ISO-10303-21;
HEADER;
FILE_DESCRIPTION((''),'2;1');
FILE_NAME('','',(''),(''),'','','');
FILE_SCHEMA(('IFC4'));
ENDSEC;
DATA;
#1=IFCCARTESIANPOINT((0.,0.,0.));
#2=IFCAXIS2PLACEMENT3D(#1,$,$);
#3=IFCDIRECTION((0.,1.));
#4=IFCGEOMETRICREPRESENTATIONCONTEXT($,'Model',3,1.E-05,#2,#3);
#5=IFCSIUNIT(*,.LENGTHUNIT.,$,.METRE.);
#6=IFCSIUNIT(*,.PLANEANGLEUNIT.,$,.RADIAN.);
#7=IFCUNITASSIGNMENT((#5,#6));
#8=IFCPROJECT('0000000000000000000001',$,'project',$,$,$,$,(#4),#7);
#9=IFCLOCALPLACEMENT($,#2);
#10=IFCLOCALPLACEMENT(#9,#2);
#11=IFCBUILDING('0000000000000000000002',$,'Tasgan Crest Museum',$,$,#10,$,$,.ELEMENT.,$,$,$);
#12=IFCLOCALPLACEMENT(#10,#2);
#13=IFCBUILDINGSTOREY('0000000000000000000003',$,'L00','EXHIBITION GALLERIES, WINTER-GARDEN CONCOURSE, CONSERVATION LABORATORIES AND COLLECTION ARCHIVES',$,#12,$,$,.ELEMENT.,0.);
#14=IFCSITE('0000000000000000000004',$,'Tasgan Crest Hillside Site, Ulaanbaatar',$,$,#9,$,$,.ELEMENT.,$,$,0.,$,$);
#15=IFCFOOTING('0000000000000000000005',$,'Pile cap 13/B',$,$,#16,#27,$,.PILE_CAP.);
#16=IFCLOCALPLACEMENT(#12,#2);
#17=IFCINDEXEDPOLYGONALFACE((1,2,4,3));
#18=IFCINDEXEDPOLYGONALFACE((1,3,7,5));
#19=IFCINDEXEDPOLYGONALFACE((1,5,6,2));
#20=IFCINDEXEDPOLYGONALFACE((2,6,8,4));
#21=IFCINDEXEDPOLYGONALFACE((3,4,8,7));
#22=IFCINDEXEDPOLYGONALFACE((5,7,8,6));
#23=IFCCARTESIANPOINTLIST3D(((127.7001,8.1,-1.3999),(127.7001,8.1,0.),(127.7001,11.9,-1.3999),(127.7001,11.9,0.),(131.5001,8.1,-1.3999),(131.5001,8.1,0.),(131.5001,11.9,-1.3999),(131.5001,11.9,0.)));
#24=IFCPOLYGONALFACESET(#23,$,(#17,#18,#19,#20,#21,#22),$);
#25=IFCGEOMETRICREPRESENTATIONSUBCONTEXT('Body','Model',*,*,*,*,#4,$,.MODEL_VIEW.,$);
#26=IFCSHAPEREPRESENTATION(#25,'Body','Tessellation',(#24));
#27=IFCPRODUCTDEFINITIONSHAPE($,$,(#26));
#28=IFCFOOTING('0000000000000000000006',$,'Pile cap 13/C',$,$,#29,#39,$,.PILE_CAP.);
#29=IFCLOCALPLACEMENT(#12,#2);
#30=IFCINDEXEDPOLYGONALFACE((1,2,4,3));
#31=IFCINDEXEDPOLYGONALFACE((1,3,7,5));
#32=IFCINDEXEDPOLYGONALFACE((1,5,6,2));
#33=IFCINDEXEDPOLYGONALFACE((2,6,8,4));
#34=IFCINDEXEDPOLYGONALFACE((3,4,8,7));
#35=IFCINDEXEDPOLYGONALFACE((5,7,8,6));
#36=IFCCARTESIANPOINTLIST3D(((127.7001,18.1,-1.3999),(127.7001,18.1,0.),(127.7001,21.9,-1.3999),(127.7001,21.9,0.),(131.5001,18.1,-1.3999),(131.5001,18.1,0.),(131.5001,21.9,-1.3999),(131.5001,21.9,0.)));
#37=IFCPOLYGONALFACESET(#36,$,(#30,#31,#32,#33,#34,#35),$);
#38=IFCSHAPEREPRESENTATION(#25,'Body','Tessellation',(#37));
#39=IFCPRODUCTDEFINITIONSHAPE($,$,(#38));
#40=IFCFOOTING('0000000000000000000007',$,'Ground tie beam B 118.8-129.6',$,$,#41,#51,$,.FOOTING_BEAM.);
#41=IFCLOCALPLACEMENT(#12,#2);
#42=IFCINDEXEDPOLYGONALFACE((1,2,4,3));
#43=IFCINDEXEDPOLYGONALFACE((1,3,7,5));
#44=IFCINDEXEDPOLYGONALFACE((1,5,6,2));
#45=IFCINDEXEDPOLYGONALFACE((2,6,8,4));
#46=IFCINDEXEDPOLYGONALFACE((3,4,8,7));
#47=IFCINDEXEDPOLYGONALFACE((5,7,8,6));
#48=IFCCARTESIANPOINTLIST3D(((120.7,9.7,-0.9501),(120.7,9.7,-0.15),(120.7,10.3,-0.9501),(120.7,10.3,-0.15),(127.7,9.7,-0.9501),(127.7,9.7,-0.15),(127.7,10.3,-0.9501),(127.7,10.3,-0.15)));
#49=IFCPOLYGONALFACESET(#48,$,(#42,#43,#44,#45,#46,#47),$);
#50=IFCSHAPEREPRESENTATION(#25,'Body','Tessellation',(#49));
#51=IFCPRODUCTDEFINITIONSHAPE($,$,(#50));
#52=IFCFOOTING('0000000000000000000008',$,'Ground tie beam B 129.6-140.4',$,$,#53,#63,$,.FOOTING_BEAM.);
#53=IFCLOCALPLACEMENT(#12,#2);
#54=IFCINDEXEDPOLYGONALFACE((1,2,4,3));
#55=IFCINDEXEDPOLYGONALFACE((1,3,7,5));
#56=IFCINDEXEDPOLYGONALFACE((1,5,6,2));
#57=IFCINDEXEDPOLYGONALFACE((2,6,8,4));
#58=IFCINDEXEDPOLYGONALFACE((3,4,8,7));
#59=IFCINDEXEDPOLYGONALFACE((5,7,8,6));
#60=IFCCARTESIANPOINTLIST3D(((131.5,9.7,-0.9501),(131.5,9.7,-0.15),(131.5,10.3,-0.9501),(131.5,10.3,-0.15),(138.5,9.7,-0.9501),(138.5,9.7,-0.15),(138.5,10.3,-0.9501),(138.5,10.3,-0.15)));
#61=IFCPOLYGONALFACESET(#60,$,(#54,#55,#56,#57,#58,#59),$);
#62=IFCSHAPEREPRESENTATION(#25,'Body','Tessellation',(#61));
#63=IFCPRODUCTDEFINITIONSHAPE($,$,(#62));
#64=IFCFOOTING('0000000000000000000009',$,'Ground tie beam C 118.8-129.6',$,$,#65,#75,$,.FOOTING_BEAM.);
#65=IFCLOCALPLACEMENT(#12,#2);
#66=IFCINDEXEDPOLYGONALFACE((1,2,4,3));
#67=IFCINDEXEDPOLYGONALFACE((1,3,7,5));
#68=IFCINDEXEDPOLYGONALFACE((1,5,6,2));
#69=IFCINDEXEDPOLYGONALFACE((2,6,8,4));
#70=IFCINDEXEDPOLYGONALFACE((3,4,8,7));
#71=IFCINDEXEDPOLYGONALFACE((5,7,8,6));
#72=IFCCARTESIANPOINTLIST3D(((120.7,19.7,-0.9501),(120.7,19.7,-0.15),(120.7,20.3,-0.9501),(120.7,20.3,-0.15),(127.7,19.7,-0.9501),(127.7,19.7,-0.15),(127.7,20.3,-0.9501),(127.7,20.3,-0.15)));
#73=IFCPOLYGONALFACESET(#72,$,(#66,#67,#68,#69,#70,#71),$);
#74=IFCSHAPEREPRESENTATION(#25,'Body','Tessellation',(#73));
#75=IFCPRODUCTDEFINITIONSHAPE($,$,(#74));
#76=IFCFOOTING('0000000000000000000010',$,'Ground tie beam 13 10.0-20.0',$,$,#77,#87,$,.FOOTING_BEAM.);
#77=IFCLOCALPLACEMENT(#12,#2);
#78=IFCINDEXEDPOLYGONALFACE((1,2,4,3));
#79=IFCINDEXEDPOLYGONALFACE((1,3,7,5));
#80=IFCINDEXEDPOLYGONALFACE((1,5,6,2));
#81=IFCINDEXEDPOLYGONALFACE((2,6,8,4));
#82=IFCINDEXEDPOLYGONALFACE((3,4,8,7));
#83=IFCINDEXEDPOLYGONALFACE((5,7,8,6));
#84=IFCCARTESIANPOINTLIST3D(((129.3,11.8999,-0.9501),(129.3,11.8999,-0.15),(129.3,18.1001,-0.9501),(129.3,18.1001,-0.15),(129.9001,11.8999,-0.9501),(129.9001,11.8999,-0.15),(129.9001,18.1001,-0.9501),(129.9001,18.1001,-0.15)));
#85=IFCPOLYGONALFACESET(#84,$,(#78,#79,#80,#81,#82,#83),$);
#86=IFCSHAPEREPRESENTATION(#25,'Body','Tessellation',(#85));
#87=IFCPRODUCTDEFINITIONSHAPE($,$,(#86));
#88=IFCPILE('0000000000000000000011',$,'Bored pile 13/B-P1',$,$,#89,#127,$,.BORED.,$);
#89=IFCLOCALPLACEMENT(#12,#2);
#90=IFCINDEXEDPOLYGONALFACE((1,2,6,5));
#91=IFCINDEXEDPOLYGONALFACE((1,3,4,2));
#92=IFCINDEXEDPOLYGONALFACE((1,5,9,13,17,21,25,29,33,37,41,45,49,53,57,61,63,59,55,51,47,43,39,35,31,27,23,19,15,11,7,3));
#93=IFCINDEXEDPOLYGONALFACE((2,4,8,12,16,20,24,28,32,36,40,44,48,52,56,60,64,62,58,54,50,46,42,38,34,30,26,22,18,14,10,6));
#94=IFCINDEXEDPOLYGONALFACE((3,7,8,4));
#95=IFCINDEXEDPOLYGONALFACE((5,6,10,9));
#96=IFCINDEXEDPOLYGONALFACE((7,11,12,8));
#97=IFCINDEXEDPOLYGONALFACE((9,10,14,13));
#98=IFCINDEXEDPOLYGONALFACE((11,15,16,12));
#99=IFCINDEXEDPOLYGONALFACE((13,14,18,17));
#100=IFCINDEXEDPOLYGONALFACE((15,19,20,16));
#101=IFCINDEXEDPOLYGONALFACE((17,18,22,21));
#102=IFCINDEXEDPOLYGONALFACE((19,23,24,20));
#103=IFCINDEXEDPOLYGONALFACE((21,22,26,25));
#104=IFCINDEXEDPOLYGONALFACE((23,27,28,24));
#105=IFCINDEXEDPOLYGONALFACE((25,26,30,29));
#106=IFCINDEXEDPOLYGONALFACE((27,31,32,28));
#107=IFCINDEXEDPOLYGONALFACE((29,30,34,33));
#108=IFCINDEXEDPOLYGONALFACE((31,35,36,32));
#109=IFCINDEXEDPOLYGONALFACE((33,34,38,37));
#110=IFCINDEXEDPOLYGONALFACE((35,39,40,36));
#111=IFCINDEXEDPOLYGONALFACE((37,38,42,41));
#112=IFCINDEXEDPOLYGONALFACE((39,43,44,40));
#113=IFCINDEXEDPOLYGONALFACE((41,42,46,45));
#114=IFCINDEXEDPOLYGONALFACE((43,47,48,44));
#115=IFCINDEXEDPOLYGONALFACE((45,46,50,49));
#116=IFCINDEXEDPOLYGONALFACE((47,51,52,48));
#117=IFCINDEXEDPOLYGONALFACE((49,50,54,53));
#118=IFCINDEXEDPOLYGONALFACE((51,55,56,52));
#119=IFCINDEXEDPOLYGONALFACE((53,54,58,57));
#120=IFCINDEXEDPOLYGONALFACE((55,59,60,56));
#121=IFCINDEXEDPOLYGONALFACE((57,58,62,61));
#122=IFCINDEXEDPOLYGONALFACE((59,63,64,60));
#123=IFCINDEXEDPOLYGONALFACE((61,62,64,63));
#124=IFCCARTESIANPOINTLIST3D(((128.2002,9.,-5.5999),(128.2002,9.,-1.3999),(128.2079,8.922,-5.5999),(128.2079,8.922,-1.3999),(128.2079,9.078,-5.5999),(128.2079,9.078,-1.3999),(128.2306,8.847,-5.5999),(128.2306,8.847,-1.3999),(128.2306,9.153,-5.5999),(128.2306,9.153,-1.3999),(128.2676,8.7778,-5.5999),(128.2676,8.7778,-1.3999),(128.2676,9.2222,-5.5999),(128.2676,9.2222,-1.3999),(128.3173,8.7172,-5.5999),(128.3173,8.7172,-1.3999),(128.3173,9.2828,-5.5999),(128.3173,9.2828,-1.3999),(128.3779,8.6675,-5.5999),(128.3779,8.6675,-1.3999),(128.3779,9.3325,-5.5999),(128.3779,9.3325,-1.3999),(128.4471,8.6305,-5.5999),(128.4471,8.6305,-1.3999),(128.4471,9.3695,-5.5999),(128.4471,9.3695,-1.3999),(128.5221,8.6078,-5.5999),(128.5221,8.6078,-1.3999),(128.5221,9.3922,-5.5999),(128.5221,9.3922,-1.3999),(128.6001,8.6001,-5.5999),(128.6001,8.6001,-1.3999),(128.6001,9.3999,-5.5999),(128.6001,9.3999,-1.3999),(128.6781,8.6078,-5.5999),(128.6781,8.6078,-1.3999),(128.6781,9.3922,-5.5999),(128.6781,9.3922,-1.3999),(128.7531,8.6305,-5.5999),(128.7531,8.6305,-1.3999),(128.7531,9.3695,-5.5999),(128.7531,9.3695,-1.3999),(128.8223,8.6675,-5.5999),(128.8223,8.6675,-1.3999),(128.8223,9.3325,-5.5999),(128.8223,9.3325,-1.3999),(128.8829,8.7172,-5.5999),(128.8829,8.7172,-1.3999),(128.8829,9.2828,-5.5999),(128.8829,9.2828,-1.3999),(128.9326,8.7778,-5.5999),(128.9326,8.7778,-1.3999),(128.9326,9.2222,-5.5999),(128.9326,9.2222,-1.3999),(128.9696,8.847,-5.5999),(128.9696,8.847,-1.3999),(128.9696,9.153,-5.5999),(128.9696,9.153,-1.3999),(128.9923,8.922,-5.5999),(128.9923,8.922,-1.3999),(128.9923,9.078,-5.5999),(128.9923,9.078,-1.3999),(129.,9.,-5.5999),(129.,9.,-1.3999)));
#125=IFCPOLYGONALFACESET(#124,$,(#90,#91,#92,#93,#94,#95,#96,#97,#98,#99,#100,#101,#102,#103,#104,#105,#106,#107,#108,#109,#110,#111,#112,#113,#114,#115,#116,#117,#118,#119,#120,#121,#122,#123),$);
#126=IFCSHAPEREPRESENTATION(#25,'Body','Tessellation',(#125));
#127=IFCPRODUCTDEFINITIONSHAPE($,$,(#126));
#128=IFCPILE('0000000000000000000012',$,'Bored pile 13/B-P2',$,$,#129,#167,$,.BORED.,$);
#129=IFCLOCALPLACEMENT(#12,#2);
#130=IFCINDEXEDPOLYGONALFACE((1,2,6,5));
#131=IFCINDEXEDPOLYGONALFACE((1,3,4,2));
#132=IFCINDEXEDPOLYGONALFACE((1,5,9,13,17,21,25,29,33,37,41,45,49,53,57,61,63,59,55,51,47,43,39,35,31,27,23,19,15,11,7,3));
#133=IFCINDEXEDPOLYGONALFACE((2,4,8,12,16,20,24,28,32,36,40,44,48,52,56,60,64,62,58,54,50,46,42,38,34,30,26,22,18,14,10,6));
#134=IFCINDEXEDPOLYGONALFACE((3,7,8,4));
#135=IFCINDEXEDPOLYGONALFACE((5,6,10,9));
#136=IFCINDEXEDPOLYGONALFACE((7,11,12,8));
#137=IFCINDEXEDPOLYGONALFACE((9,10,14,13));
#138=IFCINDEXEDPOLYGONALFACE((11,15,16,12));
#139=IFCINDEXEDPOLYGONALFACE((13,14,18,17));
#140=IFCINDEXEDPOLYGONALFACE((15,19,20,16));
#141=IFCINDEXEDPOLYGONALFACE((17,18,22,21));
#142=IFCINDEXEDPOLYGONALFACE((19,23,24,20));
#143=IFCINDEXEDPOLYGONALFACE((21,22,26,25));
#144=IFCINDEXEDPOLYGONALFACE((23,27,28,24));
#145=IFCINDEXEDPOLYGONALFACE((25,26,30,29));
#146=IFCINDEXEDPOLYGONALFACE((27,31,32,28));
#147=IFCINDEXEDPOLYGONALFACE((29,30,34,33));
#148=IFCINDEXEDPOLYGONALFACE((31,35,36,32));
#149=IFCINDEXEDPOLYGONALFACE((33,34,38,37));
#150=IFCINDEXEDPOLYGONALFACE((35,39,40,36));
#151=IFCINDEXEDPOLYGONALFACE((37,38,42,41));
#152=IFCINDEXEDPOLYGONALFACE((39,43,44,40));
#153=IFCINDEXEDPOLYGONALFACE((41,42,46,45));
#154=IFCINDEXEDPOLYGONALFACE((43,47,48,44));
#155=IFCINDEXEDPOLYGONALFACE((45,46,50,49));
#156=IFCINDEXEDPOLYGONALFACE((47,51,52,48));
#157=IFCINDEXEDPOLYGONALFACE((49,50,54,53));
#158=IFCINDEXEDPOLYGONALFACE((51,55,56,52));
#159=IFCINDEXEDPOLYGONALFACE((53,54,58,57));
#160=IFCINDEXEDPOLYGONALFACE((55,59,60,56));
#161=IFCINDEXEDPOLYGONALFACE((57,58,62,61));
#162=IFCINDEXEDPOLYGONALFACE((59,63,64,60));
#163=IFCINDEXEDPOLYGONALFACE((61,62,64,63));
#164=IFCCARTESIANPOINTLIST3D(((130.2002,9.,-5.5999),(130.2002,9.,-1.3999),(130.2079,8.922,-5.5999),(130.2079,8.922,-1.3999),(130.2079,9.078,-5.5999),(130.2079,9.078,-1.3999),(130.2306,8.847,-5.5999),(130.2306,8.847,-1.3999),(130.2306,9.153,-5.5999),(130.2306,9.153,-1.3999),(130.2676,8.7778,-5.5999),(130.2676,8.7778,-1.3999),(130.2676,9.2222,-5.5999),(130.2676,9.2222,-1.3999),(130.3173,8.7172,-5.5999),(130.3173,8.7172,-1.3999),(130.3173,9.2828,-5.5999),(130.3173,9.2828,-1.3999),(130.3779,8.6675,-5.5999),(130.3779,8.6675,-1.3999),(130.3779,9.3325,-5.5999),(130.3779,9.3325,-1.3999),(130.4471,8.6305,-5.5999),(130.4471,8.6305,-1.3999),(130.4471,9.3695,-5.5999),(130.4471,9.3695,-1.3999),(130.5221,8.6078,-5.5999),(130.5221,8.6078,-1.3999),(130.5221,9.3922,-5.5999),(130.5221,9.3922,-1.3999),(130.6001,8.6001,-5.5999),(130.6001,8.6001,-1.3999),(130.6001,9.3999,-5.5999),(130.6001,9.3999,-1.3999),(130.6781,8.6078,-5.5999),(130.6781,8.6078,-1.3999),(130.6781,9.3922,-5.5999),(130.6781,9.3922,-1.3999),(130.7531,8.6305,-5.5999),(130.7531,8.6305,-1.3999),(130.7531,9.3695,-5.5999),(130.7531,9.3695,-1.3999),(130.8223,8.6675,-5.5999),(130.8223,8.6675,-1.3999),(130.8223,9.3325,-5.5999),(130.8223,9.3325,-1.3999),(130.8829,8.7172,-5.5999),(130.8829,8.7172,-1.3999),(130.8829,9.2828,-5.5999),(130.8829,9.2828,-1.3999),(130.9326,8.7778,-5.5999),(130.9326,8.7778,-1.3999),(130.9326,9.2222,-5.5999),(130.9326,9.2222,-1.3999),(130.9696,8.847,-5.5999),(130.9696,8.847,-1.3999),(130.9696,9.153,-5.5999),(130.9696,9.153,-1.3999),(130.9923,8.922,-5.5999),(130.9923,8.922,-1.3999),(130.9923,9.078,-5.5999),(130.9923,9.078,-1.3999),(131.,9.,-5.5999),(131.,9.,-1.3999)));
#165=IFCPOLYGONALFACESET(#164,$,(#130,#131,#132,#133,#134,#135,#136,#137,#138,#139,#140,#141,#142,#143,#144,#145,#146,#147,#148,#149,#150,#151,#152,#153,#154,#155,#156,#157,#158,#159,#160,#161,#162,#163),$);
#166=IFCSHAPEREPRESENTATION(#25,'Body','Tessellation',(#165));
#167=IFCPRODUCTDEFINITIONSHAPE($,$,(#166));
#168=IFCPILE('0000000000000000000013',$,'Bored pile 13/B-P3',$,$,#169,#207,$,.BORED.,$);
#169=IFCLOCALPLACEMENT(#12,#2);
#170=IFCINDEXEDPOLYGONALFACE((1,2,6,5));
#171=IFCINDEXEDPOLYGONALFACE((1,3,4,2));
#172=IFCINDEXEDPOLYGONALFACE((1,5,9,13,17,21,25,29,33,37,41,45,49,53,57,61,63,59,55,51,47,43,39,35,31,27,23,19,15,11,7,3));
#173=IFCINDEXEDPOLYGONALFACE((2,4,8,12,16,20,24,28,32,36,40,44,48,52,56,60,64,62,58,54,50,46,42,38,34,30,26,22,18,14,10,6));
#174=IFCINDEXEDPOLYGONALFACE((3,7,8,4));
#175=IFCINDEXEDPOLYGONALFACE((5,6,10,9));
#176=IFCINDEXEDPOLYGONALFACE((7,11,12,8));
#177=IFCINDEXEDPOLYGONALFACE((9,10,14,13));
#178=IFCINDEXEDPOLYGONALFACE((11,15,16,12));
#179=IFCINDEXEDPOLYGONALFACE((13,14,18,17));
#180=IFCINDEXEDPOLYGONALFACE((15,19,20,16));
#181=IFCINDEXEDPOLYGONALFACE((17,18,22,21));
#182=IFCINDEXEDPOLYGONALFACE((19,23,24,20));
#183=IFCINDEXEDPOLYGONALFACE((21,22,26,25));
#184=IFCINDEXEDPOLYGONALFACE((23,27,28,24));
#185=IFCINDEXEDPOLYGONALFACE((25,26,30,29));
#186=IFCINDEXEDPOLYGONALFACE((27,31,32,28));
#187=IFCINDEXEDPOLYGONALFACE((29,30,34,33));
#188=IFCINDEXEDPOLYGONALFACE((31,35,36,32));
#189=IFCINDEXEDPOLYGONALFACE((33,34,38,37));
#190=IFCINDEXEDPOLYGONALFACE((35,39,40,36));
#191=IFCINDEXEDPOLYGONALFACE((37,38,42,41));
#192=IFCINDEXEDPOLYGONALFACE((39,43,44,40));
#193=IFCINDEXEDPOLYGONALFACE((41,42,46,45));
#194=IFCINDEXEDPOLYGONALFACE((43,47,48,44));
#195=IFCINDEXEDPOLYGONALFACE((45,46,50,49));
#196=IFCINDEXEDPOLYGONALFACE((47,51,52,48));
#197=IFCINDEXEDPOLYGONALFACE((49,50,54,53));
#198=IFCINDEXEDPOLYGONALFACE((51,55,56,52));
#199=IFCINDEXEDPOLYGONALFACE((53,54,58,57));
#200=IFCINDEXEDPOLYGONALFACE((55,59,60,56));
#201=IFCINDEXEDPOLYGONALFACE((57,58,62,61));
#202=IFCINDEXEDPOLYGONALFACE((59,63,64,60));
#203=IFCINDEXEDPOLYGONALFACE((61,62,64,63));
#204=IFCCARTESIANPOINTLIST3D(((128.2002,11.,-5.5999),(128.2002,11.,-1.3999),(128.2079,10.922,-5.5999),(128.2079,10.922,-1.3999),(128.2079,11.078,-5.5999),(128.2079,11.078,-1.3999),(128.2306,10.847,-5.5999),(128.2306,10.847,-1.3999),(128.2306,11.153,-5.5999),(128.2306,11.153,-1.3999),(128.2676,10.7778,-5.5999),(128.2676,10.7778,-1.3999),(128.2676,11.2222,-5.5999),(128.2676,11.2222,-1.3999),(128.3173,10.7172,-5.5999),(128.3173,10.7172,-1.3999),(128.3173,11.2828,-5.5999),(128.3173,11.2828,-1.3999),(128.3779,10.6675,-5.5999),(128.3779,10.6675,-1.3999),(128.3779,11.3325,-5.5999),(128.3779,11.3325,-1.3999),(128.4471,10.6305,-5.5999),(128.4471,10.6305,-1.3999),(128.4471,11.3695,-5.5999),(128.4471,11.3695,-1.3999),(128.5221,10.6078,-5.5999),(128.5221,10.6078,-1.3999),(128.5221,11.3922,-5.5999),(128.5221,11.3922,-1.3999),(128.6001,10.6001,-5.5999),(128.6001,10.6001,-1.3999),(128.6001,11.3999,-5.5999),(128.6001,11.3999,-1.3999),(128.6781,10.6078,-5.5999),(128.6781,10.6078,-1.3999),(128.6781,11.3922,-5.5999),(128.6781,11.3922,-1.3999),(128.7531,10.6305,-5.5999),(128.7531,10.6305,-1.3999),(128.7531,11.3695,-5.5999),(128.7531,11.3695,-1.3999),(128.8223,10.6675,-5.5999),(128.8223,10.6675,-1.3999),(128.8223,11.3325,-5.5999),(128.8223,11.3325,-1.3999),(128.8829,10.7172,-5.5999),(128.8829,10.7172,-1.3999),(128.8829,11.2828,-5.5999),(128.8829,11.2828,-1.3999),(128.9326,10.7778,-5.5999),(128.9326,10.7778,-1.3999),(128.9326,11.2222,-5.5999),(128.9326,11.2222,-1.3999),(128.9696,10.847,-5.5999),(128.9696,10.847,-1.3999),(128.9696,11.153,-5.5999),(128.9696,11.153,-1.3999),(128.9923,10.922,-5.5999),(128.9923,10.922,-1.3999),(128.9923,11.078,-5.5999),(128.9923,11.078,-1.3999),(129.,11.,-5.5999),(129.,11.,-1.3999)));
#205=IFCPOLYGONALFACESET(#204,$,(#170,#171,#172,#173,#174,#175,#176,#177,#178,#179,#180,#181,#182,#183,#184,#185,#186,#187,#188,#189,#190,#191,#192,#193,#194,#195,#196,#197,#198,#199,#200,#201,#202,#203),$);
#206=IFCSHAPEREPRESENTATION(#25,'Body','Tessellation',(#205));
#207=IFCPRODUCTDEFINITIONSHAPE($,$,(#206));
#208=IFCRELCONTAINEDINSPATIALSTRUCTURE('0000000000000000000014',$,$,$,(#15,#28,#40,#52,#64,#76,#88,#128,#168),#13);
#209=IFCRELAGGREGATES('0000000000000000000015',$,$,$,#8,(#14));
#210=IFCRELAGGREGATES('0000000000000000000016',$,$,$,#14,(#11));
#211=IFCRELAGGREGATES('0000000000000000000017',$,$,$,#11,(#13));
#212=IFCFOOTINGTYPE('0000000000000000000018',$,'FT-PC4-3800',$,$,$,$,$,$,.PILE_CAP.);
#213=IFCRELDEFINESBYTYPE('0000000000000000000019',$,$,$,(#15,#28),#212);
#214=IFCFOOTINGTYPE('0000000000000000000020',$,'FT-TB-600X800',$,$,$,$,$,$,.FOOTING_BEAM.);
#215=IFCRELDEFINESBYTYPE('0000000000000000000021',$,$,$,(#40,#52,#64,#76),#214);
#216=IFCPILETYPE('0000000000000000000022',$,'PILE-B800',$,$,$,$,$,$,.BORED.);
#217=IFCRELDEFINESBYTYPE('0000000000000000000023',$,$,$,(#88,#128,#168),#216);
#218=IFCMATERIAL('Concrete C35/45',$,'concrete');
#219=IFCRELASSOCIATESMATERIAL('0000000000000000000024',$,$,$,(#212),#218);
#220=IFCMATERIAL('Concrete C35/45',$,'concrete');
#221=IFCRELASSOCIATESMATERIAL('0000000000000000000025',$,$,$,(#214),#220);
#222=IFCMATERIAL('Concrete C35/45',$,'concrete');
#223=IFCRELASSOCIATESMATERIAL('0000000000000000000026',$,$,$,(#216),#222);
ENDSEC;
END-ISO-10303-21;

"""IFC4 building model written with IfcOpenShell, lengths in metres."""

from ifc_helpers import new_model, si_unit, direction, frame, origin, origin_2d, place, context, subcontext, project, spatial, rectangle, circle, extrude, material, material_profile, profile_set, type_object, element, save


model = new_model("IFC4")

# Units and contexts
model_context = context("Model", 3, precision=1e-05, world=origin(), true_north=direction((0.0, 1.0)))
body_context = subcontext(model_context, "Body", "Model", "MODEL_VIEW")
ifc_project = project(units=[si_unit("LENGTHUNIT", "METRE"), si_unit("PLANEANGLEUNIT", "RADIAN")], contexts=[model_context])

# Site, building, storey
site_placement = place(None, origin())
site = spatial("IfcSite", under=ifc_project, at=site_placement, Name="Tasgan Crest Hillside Site, Ulaanbaatar", CompositionType="ELEMENT", RefElevation=0.0)
building_placement = place(site_placement, origin())
building = spatial("IfcBuilding", under=site, at=building_placement, Name="Tasgan Crest Museum", CompositionType="ELEMENT")
storey_placement = place(building_placement, origin())
storey = spatial("IfcBuildingStorey", under=building, at=storey_placement, Name="L00", Description="EXHIBITION GALLERIES, WINTER-GARDEN CONCOURSE, CONSERVATION LABORATORIES AND COLLECTION ARCHIVES", CompositionType="ELEMENT", Elevation=0.0)

# Footings
ifc_material_1 = material(Name="Concrete C35/45", Category="concrete")
footing_type_1 = type_object("IfcFootingType", Name="FT-PC4-3800", PredefinedType="PILE_CAP", material=ifc_material_1)
for number, where, z_axis, x_axis, name in (
    (1, (129.6001, 10.0, -1.3999), (0.0, 0.0, 1.0), (1.0, 0.0, 0.0), "Pile cap 13/B"),
    (2, (129.6001, 20.0, -1.3999), (0.0, 0.0, 1.0), (1.0, 0.0, 0.0), "Pile cap 13/C"),
):
    element("IfcFooting", number, at=place(storey_placement, frame(where, z_axis=z_axis, x_axis=x_axis)), inside=storey, type_object=footing_type_1, Name=name, PredefinedType="PILE_CAP", context=body_context, shape_type="SweptSolid", body=[
        extrude(rectangle(XDim=3.8, YDim=3.8, at=origin_2d()), origin(), (0.0, 0.0, 1.0), 1.3999),
    ])
ifc_material_2 = material(Name="Concrete C35/45", Category="concrete")
ifc_material_profile_1 = material_profile(ifc_material_2, rectangle(XDim=0.6001, YDim=0.8, at=origin_2d()), Name="TB 600x800")
ifc_profile_set_1 = profile_set([ifc_material_profile_1], Name="Concrete C35/45")
footing_type_2 = type_object("IfcFootingType", Name="FT-TB-600X800", PredefinedType="FOOTING_BEAM", material=ifc_profile_set_1)
for number, where, z_axis, x_axis, name in (
    (3, (120.7, 10.0, -0.55), (1.0, 0.0, 0.0), (0.0, 1.0, 0.0), "Ground tie beam B 118.8-129.6"),
    (4, (131.5, 10.0, -0.55), (1.0, 0.0, 0.0), (0.0, 1.0, 0.0), "Ground tie beam B 129.6-140.4"),
    (5, (120.7, 20.0, -0.55), (1.0, 0.0, 0.0), (0.0, 1.0, 0.0), "Ground tie beam C 118.8-129.6"),
):
    element("IfcFooting", number, at=place(storey_placement, frame(where, z_axis=z_axis, x_axis=x_axis)), inside=storey, type_object=footing_type_2, Name=name, PredefinedType="FOOTING_BEAM", context=body_context, shape_type="SweptSolid", body=[
        extrude(rectangle(XDim=0.6001, YDim=0.8, at=origin_2d()), origin(), (0.0, 0.0, 1.0), 7.0),
    ])
footing_placement = place(storey_placement, frame((129.6001, 11.8999, -0.55), z_axis=(0.0, 1.0, 0.0), x_axis=(-1.0, 0.0, 0.0)))
element("IfcFooting", 6, at=footing_placement, inside=storey, type_object=footing_type_2, Name="Ground tie beam 13 10.0-20.0", PredefinedType="FOOTING_BEAM", context=body_context, shape_type="SweptSolid", body=[
    extrude(rectangle(XDim=0.6001, YDim=0.8, at=origin_2d()), origin(), (0.0, 0.0, 1.0), 6.2002),
])

# Piles
ifc_material_3 = material(Name="Concrete C35/45", Category="concrete")
ifc_material_profile_2 = material_profile(ifc_material_3, circle(Radius=0.3999, at=origin_2d()), Name="PILE D800")
ifc_profile_set_2 = profile_set([ifc_material_profile_2], Name="Concrete C35/45")
pile_type = type_object("IfcPileType", Name="PILE-B800", PredefinedType="BORED", material=ifc_profile_set_2)
for number, where, z_axis, x_axis, name in (
    (7, (128.6001, 9.0, -1.3999), (0.0, 0.0, -1.0), (1.0, 0.0, 0.0), "Bored pile 13/B-P1"),
    (8, (130.6001, 9.0, -1.3999), (0.0, 0.0, -1.0), (1.0, 0.0, 0.0), "Bored pile 13/B-P2"),
    (9, (128.6001, 11.0, -1.3999), (0.0, 0.0, -1.0), (1.0, 0.0, 0.0), "Bored pile 13/B-P3"),
):
    element("IfcPile", number, at=place(storey_placement, frame(where, z_axis=z_axis, x_axis=x_axis)), inside=storey, type_object=pile_type, Name=name, PredefinedType="BORED", context=body_context, shape_type="SweptSolid", body=[
        extrude(circle(Radius=0.3999, at=origin_2d()), origin(), (0.0, 0.0, 1.0), 4.2),
    ])

save(model, "model.ifc")
